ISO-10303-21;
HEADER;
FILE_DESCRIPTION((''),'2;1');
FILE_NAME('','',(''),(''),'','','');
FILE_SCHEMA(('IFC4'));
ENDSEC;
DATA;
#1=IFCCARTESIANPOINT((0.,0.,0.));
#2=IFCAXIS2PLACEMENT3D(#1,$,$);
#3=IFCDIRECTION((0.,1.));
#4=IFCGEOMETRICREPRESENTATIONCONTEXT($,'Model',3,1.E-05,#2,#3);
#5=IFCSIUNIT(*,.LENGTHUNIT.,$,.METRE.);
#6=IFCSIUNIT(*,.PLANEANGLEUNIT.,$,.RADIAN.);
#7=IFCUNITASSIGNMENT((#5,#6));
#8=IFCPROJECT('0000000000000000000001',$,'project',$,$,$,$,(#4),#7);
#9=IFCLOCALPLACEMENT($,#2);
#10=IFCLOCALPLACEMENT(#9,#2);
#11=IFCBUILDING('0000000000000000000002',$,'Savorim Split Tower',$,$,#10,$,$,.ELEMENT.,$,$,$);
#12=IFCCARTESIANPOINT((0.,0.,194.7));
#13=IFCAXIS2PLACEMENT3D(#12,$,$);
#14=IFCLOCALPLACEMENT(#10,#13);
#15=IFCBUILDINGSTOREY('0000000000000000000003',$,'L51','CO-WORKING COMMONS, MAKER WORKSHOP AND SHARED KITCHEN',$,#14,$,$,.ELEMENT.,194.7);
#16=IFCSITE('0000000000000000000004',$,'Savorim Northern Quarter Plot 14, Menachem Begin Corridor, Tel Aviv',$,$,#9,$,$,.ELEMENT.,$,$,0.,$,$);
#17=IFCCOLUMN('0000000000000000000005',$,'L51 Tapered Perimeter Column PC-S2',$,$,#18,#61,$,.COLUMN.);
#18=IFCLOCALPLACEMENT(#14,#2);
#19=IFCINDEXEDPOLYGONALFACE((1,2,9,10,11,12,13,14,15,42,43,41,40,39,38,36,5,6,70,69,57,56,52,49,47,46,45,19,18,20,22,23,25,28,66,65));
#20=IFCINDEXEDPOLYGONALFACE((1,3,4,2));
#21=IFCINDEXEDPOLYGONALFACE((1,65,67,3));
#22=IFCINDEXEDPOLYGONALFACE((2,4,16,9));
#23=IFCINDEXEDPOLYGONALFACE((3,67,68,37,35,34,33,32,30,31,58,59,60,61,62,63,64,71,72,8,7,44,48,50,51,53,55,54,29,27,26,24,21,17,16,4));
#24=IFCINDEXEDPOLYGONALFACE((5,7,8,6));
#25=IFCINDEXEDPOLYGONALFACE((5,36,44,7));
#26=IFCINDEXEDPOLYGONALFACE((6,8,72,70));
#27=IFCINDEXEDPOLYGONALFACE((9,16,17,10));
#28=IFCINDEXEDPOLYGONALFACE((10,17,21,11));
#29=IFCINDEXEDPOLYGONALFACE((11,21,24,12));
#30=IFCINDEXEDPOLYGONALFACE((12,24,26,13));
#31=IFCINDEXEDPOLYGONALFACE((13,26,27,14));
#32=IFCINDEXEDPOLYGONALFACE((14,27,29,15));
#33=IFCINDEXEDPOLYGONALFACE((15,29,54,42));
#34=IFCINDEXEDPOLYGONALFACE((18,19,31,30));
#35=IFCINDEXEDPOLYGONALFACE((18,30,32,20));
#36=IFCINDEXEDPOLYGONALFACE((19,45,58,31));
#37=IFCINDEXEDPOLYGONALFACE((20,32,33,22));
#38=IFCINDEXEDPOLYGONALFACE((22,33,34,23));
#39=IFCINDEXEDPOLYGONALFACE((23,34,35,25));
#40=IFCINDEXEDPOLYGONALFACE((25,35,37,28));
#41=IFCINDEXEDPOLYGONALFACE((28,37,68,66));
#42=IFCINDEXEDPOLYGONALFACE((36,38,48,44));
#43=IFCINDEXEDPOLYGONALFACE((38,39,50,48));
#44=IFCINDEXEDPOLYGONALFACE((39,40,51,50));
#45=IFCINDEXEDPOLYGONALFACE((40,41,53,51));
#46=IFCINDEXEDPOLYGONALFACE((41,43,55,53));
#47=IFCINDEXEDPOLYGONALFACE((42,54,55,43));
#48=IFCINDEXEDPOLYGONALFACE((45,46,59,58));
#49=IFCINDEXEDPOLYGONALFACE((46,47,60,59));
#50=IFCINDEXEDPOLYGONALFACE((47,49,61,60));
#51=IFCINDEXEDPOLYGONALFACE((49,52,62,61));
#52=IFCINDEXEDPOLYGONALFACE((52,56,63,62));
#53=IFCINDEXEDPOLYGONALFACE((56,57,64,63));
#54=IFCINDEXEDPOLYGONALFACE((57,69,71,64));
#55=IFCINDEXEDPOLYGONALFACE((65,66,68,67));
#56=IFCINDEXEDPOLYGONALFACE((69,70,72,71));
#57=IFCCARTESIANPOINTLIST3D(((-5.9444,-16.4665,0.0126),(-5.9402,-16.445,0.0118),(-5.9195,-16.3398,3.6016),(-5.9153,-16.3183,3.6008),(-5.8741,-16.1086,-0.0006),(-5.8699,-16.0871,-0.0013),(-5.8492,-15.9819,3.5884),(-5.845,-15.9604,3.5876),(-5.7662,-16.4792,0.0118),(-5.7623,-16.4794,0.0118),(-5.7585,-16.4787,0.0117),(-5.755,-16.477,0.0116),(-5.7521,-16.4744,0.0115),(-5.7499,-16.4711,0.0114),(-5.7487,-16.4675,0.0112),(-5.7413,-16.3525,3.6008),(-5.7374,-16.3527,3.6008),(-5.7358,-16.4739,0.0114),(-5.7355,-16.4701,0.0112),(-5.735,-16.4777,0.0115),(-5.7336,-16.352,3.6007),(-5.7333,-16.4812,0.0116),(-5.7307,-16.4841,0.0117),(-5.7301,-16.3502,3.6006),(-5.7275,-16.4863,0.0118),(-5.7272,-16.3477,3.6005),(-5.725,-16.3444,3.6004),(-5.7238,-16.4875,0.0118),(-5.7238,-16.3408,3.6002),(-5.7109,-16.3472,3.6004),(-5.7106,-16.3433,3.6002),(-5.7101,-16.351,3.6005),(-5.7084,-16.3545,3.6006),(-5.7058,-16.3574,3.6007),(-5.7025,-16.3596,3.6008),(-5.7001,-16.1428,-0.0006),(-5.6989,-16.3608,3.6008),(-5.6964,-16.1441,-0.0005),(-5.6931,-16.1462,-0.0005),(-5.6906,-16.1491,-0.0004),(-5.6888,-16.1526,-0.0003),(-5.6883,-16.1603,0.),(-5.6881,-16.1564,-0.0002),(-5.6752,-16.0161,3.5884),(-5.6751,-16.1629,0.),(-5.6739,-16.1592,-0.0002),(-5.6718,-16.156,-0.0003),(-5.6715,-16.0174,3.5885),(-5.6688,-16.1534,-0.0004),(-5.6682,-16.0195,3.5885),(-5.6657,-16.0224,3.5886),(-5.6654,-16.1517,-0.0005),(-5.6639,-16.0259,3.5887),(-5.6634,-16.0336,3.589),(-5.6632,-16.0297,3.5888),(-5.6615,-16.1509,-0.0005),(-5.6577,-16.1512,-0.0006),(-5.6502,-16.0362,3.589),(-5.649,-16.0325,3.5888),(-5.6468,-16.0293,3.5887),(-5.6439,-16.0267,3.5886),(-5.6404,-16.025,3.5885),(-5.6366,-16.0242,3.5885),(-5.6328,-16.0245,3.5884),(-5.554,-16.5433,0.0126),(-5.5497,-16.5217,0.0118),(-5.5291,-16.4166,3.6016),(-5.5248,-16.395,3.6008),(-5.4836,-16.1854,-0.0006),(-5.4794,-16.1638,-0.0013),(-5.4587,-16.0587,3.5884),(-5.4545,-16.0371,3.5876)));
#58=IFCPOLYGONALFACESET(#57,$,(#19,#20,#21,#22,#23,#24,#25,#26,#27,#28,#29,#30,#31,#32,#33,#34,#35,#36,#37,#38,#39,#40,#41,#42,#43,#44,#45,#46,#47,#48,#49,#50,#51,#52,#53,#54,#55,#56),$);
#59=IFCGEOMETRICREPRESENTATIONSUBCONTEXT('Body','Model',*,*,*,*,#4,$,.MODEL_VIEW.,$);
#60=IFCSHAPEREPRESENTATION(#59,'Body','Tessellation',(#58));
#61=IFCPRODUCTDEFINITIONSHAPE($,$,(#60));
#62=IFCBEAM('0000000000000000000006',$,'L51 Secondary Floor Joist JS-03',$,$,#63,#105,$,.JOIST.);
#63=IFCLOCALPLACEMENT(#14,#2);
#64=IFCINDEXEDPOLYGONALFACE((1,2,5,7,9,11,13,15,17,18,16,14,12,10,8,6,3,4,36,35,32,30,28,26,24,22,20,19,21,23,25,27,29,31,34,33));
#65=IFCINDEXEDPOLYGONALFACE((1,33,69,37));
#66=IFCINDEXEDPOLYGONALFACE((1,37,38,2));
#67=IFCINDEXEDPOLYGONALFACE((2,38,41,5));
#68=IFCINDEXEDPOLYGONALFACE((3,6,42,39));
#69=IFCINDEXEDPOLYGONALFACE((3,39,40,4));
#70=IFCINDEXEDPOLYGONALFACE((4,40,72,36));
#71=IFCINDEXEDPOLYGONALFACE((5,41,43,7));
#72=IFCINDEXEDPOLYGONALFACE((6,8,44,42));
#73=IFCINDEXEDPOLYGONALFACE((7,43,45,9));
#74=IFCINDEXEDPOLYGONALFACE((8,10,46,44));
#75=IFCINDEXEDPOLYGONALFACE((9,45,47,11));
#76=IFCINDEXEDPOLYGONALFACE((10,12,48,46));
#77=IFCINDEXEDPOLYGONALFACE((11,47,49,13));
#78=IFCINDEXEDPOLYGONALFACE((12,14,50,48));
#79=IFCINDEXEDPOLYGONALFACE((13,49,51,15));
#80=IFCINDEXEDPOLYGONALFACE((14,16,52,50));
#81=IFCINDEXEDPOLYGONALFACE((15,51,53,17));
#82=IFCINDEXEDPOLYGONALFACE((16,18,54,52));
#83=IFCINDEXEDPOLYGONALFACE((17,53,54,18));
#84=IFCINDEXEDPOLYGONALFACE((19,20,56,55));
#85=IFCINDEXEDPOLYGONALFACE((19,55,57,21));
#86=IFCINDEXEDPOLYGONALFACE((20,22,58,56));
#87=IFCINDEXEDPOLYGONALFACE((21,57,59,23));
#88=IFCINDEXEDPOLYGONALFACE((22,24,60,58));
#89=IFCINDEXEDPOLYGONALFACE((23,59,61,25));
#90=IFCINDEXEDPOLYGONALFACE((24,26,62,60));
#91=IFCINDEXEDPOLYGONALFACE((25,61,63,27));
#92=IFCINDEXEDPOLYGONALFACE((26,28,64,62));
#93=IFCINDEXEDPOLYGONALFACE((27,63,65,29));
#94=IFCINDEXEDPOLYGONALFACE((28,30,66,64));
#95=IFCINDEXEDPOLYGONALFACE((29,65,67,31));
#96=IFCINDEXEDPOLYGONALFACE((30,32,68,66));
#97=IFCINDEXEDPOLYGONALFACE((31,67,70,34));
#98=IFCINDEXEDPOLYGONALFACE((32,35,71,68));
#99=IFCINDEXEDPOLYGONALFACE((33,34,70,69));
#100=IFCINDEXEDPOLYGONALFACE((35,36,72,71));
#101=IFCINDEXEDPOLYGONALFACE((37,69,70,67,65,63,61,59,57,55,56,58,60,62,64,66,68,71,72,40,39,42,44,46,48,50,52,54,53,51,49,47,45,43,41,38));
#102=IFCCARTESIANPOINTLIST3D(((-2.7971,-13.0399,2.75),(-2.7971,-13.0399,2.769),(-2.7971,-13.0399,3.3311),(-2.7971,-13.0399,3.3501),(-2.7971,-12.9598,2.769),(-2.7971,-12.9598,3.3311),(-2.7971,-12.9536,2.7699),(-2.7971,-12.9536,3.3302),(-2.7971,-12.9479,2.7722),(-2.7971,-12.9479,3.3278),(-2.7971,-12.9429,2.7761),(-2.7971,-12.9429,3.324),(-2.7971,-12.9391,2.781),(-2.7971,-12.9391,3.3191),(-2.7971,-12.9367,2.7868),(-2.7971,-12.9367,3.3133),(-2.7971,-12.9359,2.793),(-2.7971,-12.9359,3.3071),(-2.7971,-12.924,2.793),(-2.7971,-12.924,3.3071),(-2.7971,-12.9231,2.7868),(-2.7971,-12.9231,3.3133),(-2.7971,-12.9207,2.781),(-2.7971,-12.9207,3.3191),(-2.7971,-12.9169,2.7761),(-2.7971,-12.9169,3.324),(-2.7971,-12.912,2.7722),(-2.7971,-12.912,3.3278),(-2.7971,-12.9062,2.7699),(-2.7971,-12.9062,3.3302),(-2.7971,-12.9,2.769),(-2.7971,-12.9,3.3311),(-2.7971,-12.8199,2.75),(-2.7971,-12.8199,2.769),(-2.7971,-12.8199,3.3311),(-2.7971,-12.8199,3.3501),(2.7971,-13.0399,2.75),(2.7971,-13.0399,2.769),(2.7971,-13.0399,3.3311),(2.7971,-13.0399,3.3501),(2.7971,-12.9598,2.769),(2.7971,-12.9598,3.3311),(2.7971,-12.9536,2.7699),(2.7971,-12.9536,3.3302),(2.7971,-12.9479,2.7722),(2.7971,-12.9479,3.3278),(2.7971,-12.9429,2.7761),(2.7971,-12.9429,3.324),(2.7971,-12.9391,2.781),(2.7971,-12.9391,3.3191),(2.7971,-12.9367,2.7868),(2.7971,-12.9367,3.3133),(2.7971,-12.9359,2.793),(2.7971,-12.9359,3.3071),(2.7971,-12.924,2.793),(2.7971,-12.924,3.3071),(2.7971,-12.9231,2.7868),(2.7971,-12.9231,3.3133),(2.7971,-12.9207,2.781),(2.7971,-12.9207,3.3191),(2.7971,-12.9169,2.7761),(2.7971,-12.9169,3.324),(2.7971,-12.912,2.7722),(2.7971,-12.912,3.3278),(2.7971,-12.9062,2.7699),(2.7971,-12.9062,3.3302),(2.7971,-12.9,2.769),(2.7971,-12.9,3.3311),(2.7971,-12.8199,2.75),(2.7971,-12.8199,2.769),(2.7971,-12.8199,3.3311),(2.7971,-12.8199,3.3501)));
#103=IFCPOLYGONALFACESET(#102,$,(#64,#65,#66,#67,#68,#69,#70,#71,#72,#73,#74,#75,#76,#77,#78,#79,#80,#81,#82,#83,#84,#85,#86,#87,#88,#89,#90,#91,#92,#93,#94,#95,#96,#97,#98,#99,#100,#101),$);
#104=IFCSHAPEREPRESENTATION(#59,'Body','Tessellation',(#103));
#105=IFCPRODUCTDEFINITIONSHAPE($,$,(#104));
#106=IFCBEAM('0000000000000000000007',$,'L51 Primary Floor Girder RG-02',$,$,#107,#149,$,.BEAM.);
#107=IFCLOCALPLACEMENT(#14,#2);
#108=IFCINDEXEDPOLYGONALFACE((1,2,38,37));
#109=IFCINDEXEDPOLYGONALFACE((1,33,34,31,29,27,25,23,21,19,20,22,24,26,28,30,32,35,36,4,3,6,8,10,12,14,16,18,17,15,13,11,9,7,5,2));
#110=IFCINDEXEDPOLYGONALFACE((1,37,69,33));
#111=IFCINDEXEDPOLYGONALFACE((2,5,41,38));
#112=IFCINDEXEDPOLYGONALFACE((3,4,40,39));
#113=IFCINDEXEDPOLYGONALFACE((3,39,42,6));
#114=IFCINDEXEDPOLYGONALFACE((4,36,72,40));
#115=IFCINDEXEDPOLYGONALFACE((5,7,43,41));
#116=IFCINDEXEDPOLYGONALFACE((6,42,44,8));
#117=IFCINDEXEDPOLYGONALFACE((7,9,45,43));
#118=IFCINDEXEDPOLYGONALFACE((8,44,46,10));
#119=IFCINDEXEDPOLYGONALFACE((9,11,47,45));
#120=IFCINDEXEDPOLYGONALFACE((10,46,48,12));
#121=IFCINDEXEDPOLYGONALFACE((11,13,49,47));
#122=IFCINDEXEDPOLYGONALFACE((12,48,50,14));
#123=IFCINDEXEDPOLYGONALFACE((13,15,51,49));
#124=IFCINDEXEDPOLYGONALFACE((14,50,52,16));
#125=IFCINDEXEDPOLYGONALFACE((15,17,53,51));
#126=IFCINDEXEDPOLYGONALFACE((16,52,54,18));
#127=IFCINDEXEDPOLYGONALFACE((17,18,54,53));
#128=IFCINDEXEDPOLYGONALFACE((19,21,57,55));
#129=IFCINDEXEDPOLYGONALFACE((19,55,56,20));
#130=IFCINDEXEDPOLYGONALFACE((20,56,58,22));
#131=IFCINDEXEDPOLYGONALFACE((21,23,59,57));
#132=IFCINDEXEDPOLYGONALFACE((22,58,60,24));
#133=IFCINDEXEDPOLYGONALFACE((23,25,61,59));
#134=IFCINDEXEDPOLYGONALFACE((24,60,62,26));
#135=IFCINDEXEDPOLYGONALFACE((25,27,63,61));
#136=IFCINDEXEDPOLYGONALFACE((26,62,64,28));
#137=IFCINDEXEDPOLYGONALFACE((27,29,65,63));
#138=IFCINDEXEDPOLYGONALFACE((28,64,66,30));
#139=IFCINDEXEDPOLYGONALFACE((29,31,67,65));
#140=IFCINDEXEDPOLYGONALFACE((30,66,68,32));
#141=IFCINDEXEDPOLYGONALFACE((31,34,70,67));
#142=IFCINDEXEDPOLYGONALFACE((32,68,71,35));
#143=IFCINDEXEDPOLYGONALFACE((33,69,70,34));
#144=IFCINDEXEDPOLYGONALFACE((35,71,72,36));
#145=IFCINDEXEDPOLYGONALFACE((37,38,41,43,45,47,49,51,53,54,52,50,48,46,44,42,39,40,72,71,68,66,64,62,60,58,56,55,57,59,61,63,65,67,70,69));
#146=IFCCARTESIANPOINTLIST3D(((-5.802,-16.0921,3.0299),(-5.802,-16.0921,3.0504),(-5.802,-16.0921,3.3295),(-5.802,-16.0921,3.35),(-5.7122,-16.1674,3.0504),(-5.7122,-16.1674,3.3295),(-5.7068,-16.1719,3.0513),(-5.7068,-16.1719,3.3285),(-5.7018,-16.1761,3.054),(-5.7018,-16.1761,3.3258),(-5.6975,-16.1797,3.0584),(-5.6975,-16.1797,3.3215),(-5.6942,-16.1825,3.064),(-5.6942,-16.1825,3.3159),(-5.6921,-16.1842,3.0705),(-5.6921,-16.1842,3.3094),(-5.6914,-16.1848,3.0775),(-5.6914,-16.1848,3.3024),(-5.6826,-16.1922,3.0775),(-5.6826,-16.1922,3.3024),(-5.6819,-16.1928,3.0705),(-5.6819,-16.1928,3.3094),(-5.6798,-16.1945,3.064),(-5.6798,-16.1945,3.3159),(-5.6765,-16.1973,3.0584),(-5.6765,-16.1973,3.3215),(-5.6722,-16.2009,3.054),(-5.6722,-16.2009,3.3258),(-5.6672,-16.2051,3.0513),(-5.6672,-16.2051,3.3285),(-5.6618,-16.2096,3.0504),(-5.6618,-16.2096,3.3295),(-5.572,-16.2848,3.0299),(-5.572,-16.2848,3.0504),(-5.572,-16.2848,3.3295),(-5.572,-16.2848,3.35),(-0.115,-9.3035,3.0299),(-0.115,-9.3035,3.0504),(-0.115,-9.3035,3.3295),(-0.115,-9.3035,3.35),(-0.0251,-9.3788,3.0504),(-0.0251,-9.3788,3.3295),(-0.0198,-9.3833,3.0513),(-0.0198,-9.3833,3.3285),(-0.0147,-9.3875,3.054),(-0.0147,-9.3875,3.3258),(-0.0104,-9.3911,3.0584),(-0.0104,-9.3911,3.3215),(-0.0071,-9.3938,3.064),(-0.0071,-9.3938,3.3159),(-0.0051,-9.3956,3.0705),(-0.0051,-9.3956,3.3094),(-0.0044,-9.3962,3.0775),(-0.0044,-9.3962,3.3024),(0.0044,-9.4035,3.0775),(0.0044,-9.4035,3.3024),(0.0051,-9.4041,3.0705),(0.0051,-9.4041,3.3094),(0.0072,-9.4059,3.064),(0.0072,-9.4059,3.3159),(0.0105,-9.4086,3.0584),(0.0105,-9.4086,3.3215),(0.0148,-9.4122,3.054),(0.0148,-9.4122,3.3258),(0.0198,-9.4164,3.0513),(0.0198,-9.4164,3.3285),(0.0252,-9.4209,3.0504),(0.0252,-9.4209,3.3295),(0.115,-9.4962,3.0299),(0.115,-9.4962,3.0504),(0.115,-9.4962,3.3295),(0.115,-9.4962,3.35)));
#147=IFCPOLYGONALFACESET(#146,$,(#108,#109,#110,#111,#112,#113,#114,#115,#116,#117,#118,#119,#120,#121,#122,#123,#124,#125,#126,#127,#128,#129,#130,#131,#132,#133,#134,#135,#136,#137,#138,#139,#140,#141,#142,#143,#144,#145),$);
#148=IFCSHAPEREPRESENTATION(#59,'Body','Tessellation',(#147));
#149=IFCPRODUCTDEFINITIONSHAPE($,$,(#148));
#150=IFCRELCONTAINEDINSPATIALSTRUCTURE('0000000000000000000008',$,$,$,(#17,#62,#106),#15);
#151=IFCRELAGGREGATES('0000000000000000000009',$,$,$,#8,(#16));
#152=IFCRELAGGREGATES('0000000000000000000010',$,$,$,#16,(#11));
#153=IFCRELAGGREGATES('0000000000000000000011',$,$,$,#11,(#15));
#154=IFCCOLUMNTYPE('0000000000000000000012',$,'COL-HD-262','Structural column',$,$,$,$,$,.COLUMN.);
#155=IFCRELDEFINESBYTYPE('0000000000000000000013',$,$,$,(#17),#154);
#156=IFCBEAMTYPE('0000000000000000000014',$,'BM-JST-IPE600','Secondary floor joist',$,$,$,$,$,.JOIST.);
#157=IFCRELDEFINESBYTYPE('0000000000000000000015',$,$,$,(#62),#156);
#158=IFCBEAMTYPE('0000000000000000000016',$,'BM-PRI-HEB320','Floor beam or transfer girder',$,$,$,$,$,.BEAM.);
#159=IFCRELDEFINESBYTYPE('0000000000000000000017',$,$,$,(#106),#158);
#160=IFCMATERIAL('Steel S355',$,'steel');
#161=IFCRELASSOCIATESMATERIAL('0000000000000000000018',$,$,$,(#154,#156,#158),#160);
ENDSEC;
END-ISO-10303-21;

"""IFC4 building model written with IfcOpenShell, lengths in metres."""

from ifc_helpers import new_model, si_unit, direction, frame, origin, origin_2d, place, context, subcontext, project, spatial, i_section, extrude, material, material_profile, profile_set, type_object, element, save


model = new_model("IFC4")

# Units and contexts
model_context = context("Model", 3, precision=1e-05, world=origin(), true_north=direction((0.0, 1.0)))
body_context = subcontext(model_context, "Body", "Model", "MODEL_VIEW")
ifc_project = project(units=[si_unit("LENGTHUNIT", "METRE"), si_unit("PLANEANGLEUNIT", "RADIAN")], contexts=[model_context])

# Site, building, storey
site_placement = place(None, origin())
site = spatial("IfcSite", under=ifc_project, at=site_placement, Name="Savorim Northern Quarter Plot 14, Menachem Begin Corridor, Tel Aviv", CompositionType="ELEMENT", RefElevation=0.0)
building_placement = place(site_placement, origin())
building = spatial("IfcBuilding", under=site, at=building_placement, Name="Savorim Split Tower", CompositionType="ELEMENT")
storey_placement = place(building_placement, frame((0.0, 0.0, 194.7)))
storey = spatial("IfcBuildingStorey", under=building, at=storey_placement, Name="L51", Description="CO-WORKING COMMONS, MAKER WORKSHOP AND SHARED KITCHEN", CompositionType="ELEMENT", Elevation=194.7)

# Column
ifc_material_1 = material(Name="Steel S355", Category="steel")
ifc_material_profile_1 = material_profile(ifc_material_1, i_section(OverallWidth=0.3979, OverallDepth=0.387, WebThickness=0.0134, FlangeThickness=0.022, FilletRadius=0.0149, at=origin_2d()), Name="HD 400x262")
ifc_profile_set_1 = profile_set([ifc_material_profile_1], Name="Steel S355")
column_type = type_object("IfcColumnType", Name="COL-HD-262", Description="Structural column", PredefinedType="COLUMN", material=ifc_profile_set_1)
column_placement = place(storey_placement, frame((-5.7119, -16.3152, 0.0056), z_axis=(0.006934, 0.035283, 0.999353), x_axis=(-0.98123, 0.192843, 0.0)))
element("IfcColumn", 1, at=column_placement, inside=storey, type_object=column_type, Name="L51 Tapered Perimeter Column PC-S2", PredefinedType="COLUMN", context=body_context, shape_type="SweptSolid", body=[
    extrude(i_section(OverallWidth=0.3979, OverallDepth=0.387, WebThickness=0.0134, FlangeThickness=0.022, FilletRadius=0.0149, at=origin_2d()), origin(), (0.0, 0.0, 1.0), 3.5913),
])

# Beams
ifc_material_profile_2 = material_profile(ifc_material_1, i_section(OverallWidth=0.22, OverallDepth=0.6001, WebThickness=0.012, FlangeThickness=0.019, FilletRadius=0.0239, at=origin_2d()), Name="IPE 600")
ifc_profile_set_2 = profile_set([ifc_material_profile_2], Name="Steel S355")
beam_type_1 = type_object("IfcBeamType", Name="BM-JST-IPE600", Description="Secondary floor joist", PredefinedType="JOIST", material=ifc_profile_set_2)
beam_1_placement = place(storey_placement, frame((-2.7971, -12.9299, 3.05), z_axis=(1.0, 0.0, 0.0), x_axis=(0.0, 1.0, 0.0)))
element("IfcBeam", 2, at=beam_1_placement, inside=storey, type_object=beam_type_1, Name="L51 Secondary Floor Joist JS-03", PredefinedType="JOIST", context=body_context, shape_type="SweptSolid", body=[
    extrude(i_section(OverallWidth=0.22, OverallDepth=0.6001, WebThickness=0.012, FlangeThickness=0.019, FilletRadius=0.0239, at=origin_2d()), origin(), (0.0, 0.0, 1.0), 5.5942),
])
ifc_material_profile_3 = material_profile(ifc_material_1, i_section(OverallWidth=0.3, OverallDepth=0.3201, WebThickness=0.0115, FlangeThickness=0.0205, FilletRadius=0.0271, at=origin_2d()), Name="HEB 320")
ifc_profile_set_3 = profile_set([ifc_material_profile_3], Name="Steel S355")
beam_type_2 = type_object("IfcBeamType", Name="BM-PRI-HEB320", Description="Floor beam or transfer girder", PredefinedType="BEAM", material=ifc_profile_set_3)
beam_2_placement = place(storey_placement, frame((-5.687, -16.1885, 3.1899), z_axis=(0.642173, 0.76656, 0.0), x_axis=(-0.76656, 0.642173, 0.0)))
element("IfcBeam", 3, at=beam_2_placement, inside=storey, type_object=beam_type_2, Name="L51 Primary Floor Girder RG-02", PredefinedType="BEAM", context=body_context, shape_type="SweptSolid", body=[
    extrude(i_section(OverallWidth=0.3, OverallDepth=0.3201, WebThickness=0.0115, FlangeThickness=0.0205, FilletRadius=0.0271, at=origin_2d()), origin(), (0.0, 0.0, 1.0), 8.856),
])

save(model, "model.ifc")
